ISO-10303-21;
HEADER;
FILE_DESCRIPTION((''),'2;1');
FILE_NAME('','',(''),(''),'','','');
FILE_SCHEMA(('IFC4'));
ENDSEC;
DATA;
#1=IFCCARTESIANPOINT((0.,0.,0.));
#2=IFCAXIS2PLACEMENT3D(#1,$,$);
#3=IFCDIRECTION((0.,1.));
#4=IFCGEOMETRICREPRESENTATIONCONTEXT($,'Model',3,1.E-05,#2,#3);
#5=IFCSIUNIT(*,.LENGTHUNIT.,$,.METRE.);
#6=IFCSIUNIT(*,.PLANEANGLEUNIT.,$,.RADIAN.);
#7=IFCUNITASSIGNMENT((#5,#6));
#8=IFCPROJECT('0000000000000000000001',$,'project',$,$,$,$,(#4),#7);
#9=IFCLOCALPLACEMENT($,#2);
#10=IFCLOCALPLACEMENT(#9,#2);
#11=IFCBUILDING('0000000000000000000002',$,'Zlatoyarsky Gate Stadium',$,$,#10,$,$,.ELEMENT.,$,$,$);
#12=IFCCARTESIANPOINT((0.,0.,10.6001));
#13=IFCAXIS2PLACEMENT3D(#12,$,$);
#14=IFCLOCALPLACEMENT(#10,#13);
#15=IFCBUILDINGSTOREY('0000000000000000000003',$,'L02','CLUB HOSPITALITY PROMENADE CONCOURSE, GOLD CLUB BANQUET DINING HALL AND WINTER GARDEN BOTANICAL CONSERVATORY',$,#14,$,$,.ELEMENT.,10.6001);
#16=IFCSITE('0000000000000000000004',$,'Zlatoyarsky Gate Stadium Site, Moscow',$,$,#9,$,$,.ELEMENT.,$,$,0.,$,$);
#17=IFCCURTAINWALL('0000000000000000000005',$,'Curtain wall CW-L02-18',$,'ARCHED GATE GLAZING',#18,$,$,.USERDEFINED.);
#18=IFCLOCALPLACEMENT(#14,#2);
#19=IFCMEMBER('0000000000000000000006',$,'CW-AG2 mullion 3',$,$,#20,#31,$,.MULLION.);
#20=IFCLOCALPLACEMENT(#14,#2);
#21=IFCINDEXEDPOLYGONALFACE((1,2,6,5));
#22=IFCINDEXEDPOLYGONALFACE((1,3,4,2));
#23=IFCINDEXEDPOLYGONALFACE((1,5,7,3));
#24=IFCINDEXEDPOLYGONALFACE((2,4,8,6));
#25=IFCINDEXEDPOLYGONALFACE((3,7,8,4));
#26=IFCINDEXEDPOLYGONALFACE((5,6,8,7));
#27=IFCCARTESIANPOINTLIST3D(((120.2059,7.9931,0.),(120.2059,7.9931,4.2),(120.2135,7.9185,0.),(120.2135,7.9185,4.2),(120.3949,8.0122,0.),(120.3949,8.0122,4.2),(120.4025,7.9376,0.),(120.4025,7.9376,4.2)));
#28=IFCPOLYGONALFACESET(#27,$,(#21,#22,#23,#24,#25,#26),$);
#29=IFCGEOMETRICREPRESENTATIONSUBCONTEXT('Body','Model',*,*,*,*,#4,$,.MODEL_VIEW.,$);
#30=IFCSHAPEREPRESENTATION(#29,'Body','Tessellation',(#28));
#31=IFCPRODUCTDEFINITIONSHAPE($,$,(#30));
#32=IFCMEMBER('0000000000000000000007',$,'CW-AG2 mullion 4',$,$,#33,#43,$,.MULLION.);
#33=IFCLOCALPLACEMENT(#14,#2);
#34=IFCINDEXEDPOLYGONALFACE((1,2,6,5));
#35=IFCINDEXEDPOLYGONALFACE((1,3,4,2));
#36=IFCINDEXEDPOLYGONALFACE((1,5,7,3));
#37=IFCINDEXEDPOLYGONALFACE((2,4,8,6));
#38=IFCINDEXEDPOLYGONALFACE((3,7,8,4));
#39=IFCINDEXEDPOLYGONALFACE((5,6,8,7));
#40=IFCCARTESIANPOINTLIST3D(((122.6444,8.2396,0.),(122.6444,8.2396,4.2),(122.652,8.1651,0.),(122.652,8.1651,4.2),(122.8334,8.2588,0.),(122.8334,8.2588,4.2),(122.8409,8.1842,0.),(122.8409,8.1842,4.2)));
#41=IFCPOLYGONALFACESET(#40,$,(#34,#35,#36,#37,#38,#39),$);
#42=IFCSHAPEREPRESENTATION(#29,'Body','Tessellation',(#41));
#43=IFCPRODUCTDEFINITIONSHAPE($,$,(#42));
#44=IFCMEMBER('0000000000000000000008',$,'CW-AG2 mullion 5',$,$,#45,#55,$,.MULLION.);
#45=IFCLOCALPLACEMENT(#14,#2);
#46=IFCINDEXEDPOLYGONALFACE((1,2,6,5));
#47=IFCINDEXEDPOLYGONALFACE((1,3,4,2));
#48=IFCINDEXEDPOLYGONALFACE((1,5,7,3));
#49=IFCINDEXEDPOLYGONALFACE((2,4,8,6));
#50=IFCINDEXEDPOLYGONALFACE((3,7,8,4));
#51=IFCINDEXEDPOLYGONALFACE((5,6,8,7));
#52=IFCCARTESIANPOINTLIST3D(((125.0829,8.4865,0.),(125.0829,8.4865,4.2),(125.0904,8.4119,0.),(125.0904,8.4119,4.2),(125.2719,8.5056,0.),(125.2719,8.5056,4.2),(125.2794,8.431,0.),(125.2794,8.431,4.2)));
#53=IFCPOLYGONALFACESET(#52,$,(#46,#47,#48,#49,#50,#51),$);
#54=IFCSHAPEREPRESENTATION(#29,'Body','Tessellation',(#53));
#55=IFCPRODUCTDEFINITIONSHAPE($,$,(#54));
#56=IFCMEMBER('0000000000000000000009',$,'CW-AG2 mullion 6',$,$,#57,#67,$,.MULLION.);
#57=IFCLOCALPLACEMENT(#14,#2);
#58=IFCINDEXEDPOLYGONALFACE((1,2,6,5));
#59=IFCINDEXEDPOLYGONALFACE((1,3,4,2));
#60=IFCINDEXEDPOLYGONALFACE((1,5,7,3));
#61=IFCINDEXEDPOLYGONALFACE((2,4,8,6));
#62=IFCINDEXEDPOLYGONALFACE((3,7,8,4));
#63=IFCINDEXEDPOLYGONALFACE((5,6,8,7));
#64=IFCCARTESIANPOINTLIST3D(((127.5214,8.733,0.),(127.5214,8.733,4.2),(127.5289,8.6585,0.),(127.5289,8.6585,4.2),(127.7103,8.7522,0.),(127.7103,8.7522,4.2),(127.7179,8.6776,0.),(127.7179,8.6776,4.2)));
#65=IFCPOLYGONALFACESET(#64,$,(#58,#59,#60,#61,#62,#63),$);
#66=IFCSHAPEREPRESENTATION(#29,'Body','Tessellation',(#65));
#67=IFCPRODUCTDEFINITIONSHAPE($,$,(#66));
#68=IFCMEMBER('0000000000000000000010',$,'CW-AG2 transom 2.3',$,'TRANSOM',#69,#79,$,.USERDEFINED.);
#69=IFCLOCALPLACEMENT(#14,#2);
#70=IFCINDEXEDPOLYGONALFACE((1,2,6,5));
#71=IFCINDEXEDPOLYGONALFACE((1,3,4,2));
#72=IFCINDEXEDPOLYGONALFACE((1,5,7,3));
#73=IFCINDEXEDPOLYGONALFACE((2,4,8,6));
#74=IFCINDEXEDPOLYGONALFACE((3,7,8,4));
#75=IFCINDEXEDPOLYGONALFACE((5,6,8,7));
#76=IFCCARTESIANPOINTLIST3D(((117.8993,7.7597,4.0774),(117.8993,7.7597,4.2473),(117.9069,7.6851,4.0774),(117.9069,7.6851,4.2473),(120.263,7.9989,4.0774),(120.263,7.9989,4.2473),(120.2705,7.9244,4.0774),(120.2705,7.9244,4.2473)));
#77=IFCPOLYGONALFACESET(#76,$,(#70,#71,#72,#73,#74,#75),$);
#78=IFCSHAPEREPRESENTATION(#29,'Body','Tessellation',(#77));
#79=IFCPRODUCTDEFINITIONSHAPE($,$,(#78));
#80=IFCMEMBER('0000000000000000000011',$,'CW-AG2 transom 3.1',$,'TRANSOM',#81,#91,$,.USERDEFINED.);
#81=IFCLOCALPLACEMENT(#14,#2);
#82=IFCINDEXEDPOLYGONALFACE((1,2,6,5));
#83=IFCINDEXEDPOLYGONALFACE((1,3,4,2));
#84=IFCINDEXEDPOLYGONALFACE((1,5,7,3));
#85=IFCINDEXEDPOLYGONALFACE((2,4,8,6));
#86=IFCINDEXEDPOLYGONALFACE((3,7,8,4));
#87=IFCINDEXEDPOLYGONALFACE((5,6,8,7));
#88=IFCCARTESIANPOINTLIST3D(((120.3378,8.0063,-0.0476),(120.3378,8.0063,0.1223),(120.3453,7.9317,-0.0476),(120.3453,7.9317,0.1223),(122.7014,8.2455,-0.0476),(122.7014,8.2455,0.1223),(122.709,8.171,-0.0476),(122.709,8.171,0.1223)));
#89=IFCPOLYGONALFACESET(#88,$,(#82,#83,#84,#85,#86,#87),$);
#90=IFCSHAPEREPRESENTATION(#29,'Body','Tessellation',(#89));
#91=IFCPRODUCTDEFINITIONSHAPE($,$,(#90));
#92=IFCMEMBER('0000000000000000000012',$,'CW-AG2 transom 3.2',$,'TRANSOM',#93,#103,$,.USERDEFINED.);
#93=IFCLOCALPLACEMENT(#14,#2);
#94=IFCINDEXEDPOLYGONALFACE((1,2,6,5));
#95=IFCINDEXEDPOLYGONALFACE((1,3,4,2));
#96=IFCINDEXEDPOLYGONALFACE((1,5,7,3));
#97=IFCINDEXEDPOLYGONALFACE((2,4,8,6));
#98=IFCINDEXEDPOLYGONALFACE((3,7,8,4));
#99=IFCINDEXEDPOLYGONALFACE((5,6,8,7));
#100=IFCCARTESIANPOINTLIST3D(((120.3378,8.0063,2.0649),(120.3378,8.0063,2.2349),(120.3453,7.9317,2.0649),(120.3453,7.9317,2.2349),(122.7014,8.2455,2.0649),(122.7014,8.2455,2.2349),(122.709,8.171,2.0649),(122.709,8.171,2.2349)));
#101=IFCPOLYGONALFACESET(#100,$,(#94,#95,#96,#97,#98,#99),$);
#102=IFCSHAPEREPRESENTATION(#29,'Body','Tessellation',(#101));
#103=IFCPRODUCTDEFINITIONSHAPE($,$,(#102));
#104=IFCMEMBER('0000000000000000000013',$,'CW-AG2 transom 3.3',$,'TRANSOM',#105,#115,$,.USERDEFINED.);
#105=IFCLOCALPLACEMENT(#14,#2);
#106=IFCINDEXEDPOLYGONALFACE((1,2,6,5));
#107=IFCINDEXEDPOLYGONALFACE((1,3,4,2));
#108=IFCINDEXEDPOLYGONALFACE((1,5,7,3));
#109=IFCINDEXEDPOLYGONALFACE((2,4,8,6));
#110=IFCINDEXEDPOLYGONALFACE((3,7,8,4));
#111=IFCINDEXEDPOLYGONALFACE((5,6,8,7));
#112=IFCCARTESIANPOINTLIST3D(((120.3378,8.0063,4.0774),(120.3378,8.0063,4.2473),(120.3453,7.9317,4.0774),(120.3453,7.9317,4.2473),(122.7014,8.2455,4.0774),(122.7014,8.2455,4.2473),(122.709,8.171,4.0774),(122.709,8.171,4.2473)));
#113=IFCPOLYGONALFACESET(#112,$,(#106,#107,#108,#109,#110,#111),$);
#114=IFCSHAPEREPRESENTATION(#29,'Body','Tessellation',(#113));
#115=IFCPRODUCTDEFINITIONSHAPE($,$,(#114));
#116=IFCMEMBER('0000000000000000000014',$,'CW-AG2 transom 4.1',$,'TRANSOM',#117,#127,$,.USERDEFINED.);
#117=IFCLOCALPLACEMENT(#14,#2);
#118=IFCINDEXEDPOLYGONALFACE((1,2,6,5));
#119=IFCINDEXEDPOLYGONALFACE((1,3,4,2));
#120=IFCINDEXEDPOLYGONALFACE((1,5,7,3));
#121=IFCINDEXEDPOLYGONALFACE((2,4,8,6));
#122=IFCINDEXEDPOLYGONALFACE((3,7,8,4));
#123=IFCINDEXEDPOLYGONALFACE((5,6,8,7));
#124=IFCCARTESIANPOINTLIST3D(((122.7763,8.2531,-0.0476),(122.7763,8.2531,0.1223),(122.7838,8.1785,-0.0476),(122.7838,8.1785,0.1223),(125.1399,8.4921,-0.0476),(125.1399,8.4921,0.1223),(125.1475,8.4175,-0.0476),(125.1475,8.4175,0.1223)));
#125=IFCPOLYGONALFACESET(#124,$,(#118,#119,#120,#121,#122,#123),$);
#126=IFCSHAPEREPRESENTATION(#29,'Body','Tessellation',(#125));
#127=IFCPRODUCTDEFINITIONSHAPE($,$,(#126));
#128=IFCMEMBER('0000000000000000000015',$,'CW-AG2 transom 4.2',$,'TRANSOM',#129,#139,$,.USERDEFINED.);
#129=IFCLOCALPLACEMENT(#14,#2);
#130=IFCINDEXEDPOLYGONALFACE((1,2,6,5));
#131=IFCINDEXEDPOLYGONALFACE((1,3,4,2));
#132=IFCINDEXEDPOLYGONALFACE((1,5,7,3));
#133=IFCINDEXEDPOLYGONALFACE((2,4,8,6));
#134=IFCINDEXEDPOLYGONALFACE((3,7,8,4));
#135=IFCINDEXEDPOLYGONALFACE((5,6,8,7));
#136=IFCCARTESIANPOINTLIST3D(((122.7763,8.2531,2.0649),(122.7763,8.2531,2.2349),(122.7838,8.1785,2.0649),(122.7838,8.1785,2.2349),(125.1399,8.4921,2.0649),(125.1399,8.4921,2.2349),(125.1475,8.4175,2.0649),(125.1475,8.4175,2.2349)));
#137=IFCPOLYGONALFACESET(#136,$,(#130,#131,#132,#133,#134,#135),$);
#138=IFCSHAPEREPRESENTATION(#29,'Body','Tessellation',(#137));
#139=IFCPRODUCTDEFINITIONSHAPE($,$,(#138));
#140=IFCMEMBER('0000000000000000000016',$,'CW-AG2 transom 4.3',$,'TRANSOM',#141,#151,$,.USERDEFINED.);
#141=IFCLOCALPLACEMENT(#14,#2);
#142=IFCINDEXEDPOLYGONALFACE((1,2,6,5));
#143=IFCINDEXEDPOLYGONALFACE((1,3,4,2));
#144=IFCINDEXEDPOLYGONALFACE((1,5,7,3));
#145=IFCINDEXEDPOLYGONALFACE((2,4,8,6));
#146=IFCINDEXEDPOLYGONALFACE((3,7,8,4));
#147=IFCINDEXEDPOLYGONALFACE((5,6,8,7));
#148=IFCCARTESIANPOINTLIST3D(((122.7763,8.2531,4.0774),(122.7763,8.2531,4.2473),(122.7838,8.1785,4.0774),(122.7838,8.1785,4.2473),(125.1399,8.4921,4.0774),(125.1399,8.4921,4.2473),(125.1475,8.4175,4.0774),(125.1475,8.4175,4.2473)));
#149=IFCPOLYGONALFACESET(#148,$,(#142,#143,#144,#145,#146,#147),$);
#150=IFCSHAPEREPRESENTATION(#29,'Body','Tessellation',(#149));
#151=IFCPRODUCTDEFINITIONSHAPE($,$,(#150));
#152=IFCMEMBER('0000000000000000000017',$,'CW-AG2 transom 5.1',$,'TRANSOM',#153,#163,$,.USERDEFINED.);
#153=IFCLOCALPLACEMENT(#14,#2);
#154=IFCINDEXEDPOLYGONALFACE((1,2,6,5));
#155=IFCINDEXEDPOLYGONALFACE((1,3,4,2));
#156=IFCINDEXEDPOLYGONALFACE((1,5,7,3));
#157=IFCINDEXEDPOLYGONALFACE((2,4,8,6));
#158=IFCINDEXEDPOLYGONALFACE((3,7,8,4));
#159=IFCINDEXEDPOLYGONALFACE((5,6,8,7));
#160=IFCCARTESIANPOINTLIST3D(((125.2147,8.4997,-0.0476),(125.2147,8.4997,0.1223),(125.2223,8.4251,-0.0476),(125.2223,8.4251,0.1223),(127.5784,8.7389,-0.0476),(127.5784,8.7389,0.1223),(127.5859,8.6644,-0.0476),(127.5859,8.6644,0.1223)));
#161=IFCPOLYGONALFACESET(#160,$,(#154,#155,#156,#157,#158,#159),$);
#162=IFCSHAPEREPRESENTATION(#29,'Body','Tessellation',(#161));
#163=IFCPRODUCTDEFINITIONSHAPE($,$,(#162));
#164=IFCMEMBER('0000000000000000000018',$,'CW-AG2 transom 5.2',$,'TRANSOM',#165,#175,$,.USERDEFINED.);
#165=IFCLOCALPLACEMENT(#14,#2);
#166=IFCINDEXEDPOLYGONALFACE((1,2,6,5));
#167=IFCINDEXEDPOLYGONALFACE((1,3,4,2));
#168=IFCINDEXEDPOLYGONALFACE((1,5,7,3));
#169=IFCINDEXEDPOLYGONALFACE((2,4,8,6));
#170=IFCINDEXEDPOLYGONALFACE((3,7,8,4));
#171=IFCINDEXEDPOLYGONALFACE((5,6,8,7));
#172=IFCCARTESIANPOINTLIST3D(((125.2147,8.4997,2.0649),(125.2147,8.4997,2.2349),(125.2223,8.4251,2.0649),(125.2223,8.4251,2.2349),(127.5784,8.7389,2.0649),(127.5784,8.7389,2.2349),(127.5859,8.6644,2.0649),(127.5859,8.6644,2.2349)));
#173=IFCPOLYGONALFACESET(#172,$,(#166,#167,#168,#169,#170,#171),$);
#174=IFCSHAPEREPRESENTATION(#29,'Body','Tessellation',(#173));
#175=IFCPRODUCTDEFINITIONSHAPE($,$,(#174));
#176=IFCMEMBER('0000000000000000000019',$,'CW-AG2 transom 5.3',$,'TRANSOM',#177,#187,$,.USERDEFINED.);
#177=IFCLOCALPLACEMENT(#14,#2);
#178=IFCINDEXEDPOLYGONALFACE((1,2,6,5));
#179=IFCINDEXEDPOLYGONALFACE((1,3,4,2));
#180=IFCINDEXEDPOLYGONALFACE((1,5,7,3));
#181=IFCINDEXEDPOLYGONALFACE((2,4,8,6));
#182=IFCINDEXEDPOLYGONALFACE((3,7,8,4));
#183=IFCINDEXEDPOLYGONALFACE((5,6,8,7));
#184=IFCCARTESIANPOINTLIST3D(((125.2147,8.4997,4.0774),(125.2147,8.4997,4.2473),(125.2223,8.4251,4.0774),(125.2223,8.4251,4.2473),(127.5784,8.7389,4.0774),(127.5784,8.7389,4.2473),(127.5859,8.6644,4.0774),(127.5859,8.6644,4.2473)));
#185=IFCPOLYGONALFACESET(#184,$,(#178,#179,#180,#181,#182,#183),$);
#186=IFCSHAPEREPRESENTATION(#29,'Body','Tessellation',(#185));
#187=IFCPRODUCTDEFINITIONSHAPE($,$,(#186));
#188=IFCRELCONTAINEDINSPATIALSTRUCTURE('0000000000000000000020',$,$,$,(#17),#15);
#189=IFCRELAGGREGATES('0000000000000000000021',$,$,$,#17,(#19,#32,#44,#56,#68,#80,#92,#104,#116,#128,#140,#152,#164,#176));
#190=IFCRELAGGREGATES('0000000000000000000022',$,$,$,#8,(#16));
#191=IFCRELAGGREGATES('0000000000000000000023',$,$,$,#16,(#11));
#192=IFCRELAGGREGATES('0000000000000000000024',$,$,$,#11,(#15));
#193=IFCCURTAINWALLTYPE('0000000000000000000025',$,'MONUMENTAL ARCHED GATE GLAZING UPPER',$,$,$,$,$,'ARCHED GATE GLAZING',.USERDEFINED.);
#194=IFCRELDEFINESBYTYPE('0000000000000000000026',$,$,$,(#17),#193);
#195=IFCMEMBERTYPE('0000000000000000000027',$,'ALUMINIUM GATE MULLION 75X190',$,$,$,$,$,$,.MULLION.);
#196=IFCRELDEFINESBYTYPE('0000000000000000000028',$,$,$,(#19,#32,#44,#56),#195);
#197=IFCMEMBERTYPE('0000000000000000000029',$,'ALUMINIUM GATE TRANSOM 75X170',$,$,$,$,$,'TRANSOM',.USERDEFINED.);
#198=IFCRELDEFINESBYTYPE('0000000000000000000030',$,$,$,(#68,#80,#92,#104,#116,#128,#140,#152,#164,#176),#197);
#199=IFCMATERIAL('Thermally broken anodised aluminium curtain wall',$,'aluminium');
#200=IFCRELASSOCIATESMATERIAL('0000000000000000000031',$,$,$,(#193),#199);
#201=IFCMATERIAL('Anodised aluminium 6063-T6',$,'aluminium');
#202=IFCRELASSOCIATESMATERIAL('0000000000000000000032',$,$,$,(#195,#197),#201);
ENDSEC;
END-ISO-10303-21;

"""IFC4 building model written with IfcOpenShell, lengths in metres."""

from ifc_helpers import new_model, si_unit, direction, frame, origin, origin_2d, place, context, subcontext, project, spatial, rectangle, extrude, material, material_profile, profile_set, type_object, element, aggregate, save


model = new_model("IFC4")

# Units and contexts
model_context = context("Model", 3, precision=1e-05, world=origin(), true_north=direction((0.0, 1.0)))
body_context = subcontext(model_context, "Body", "Model", "MODEL_VIEW")
ifc_project = project(units=[si_unit("LENGTHUNIT", "METRE"), si_unit("PLANEANGLEUNIT", "RADIAN")], contexts=[model_context])

# Site, building, storey
site_placement = place(None, origin())
site = spatial("IfcSite", under=ifc_project, at=site_placement, Name="Zlatoyarsky Gate Stadium Site, Moscow", CompositionType="ELEMENT", RefElevation=0.0)
building_placement = place(site_placement, origin())
building = spatial("IfcBuilding", under=site, at=building_placement, Name="Zlatoyarsky Gate Stadium", CompositionType="ELEMENT")
storey_placement = place(building_placement, frame((0.0, 0.0, 10.6001)))
storey = spatial("IfcBuildingStorey", under=building, at=storey_placement, Name="L02", Description="CLUB HOSPITALITY PROMENADE CONCOURSE, GOLD CLUB BANQUET DINING HALL AND WINTER GARDEN BOTANICAL CONSERVATORY", CompositionType="ELEMENT", Elevation=10.6001)

# Curtain wall, members
ifc_material_1 = material(Name="Thermally broken anodised aluminium curtain wall", Category="aluminium")
curtain_wall_type = type_object("IfcCurtainWallType", Name="MONUMENTAL ARCHED GATE GLAZING UPPER", ElementType="ARCHED GATE GLAZING", PredefinedType="USERDEFINED", material=ifc_material_1)
curtain_wall_placement = place(storey_placement, origin())
curtain_wall = element("IfcCurtainWall", 1, at=curtain_wall_placement, inside=storey, type_object=curtain_wall_type, Name="Curtain wall CW-L02-18", ObjectType="ARCHED GATE GLAZING", PredefinedType="USERDEFINED")
ifc_material_2 = material(Name="Anodised aluminium 6063-T6", Category="aluminium")
ifc_material_profile_1 = material_profile(ifc_material_2, rectangle(XDim=0.075, YDim=0.1899, at=origin_2d()), Name="ALU 75X190")
ifc_profile_set_1 = profile_set([ifc_material_profile_1], Name="Anodised aluminium 6063-T6")
member_type_1 = type_object("IfcMemberType", Name="ALUMINIUM GATE MULLION 75X190", PredefinedType="MULLION", material=ifc_profile_set_1)
member_1_placement = place(storey_placement, frame((120.3042, 7.9653, 0.0), z_axis=(0.0, 0.0, 1.0), x_axis=(-0.100642, 0.994923, 0.0)))
member_1 = element("IfcMember", 2, at=member_1_placement, type_object=member_type_1, Name="CW-AG2 mullion 3", PredefinedType="MULLION", context=body_context, shape_type="SweptSolid", body=[
    extrude(rectangle(XDim=0.075, YDim=0.1899, at=origin_2d()), origin(), (0.0, 0.0, 1.0), 4.2),
])
member_2_placement = place(storey_placement, frame((122.7427, 8.2119, 0.0), z_axis=(0.0, 0.0, 1.0), x_axis=(-0.100642, 0.994923, 0.0)))
member_2 = element("IfcMember", 3, at=member_2_placement, type_object=member_type_1, Name="CW-AG2 mullion 4", PredefinedType="MULLION", context=body_context, shape_type="SweptSolid", body=[
    extrude(rectangle(XDim=0.075, YDim=0.1899, at=origin_2d()), origin(), (0.0, 0.0, 1.0), 4.2),
])
member_3_placement = place(storey_placement, frame((125.1812, 8.4587, 0.0), z_axis=(0.0, 0.0, 1.0), x_axis=(-0.100642, 0.994923, 0.0)))
member_3 = element("IfcMember", 4, at=member_3_placement, type_object=member_type_1, Name="CW-AG2 mullion 5", PredefinedType="MULLION", context=body_context, shape_type="SweptSolid", body=[
    extrude(rectangle(XDim=0.075, YDim=0.1899, at=origin_2d()), origin(), (0.0, 0.0, 1.0), 4.2),
])
member_4_placement = place(storey_placement, frame((127.6196, 8.7053, 0.0), z_axis=(0.0, 0.0, 1.0), x_axis=(-0.100642, 0.994923, 0.0)))
member_4 = element("IfcMember", 5, at=member_4_placement, type_object=member_type_1, Name="CW-AG2 mullion 6", PredefinedType="MULLION", context=body_context, shape_type="SweptSolid", body=[
    extrude(rectangle(XDim=0.075, YDim=0.1899, at=origin_2d()), origin(), (0.0, 0.0, 1.0), 4.2),
])
ifc_material_profile_2 = material_profile(ifc_material_2, rectangle(XDim=0.075, YDim=0.1699, at=origin_2d()), Name="ALU 75X170")
ifc_profile_set_2 = profile_set([ifc_material_profile_2], Name="Anodised aluminium 6063-T6")
member_type_2 = type_object("IfcMemberType", Name="ALUMINIUM GATE TRANSOM 75X170", ElementType="TRANSOM", PredefinedType="USERDEFINED", material=ifc_profile_set_2)
member_5_placement = place(storey_placement, frame((117.9031, 7.7224, 4.1624), z_axis=(0.994916, 0.100704, 0.0), x_axis=(-0.100704, 0.994916, 0.0)))
member_5 = element("IfcMember", 6, at=member_5_placement, type_object=member_type_2, Name="CW-AG2 transom 2.3", ObjectType="TRANSOM", PredefinedType="USERDEFINED", context=body_context, shape_type="SweptSolid", body=[
    extrude(rectangle(XDim=0.075, YDim=0.1699, at=origin_2d()), origin(), (0.0, 0.0, 1.0), 2.3757),
])
member_6_placement = place(storey_placement, frame((120.3416, 7.969, 0.0374), z_axis=(0.994916, 0.100704, 0.0), x_axis=(-0.100704, 0.994916, 0.0)))
member_6 = element("IfcMember", 7, at=member_6_placement, type_object=member_type_2, Name="CW-AG2 transom 3.1", ObjectType="TRANSOM", PredefinedType="USERDEFINED", context=body_context, shape_type="SweptSolid", body=[
    extrude(rectangle(XDim=0.075, YDim=0.1699, at=origin_2d()), origin(), (0.0, 0.0, 1.0), 2.3757),
])
member_7_placement = place(storey_placement, frame((120.3416, 7.969, 2.1499), z_axis=(0.994916, 0.100704, 0.0), x_axis=(-0.100704, 0.994916, 0.0)))
member_7 = element("IfcMember", 8, at=member_7_placement, type_object=member_type_2, Name="CW-AG2 transom 3.2", ObjectType="TRANSOM", PredefinedType="USERDEFINED", context=body_context, shape_type="SweptSolid", body=[
    extrude(rectangle(XDim=0.075, YDim=0.1699, at=origin_2d()), origin(), (0.0, 0.0, 1.0), 2.3757),
])
member_8_placement = place(storey_placement, frame((120.3416, 7.969, 4.1624), z_axis=(0.994916, 0.100704, 0.0), x_axis=(-0.100704, 0.994916, 0.0)))
member_8 = element("IfcMember", 9, at=member_8_placement, type_object=member_type_2, Name="CW-AG2 transom 3.3", ObjectType="TRANSOM", PredefinedType="USERDEFINED", context=body_context, shape_type="SweptSolid", body=[
    extrude(rectangle(XDim=0.075, YDim=0.1699, at=origin_2d()), origin(), (0.0, 0.0, 1.0), 2.3757),
])
member_9_placement = place(storey_placement, frame((122.78, 8.2158, 0.0374), z_axis=(0.994927, 0.100602, 0.0), x_axis=(-0.100602, 0.994927, 0.0)))
member_9 = element("IfcMember", 10, at=member_9_placement, type_object=member_type_2, Name="CW-AG2 transom 4.1", ObjectType="TRANSOM", PredefinedType="USERDEFINED", context=body_context, shape_type="SweptSolid", body=[
    extrude(rectangle(XDim=0.075, YDim=0.1699, at=origin_2d()), origin(), (0.0, 0.0, 1.0), 2.3757),
])
member_10_placement = place(storey_placement, frame((122.78, 8.2158, 2.1499), z_axis=(0.994927, 0.100602, 0.0), x_axis=(-0.100602, 0.994927, 0.0)))
member_10 = element("IfcMember", 11, at=member_10_placement, type_object=member_type_2, Name="CW-AG2 transom 4.2", ObjectType="TRANSOM", PredefinedType="USERDEFINED", context=body_context, shape_type="SweptSolid", body=[
    extrude(rectangle(XDim=0.075, YDim=0.1699, at=origin_2d()), origin(), (0.0, 0.0, 1.0), 2.3757),
])
member_11_placement = place(storey_placement, frame((122.78, 8.2158, 4.1624), z_axis=(0.994927, 0.100602, 0.0), x_axis=(-0.100602, 0.994927, 0.0)))
member_11 = element("IfcMember", 12, at=member_11_placement, type_object=member_type_2, Name="CW-AG2 transom 4.3", ObjectType="TRANSOM", PredefinedType="USERDEFINED", context=body_context, shape_type="SweptSolid", body=[
    extrude(rectangle(XDim=0.075, YDim=0.1699, at=origin_2d()), origin(), (0.0, 0.0, 1.0), 2.3757),
])
member_12_placement = place(storey_placement, frame((125.2185, 8.4624, 0.0374), z_axis=(0.994916, 0.100704, 0.0), x_axis=(-0.100704, 0.994916, 0.0)))
member_12 = element("IfcMember", 13, at=member_12_placement, type_object=member_type_2, Name="CW-AG2 transom 5.1", ObjectType="TRANSOM", PredefinedType="USERDEFINED", context=body_context, shape_type="SweptSolid", body=[
    extrude(rectangle(XDim=0.075, YDim=0.1699, at=origin_2d()), origin(), (0.0, 0.0, 1.0), 2.3757),
])
member_13_placement = place(storey_placement, frame((125.2185, 8.4624, 2.1499), z_axis=(0.994916, 0.100704, 0.0), x_axis=(-0.100704, 0.994916, 0.0)))
member_13 = element("IfcMember", 14, at=member_13_placement, type_object=member_type_2, Name="CW-AG2 transom 5.2", ObjectType="TRANSOM", PredefinedType="USERDEFINED", context=body_context, shape_type="SweptSolid", body=[
    extrude(rectangle(XDim=0.075, YDim=0.1699, at=origin_2d()), origin(), (0.0, 0.0, 1.0), 2.3757),
])
member_14_placement = place(storey_placement, frame((125.2185, 8.4624, 4.1624), z_axis=(0.994916, 0.100704, 0.0), x_axis=(-0.100704, 0.994916, 0.0)))
member_14 = element("IfcMember", 15, at=member_14_placement, type_object=member_type_2, Name="CW-AG2 transom 5.3", ObjectType="TRANSOM", PredefinedType="USERDEFINED", context=body_context, shape_type="SweptSolid", body=[
    extrude(rectangle(XDim=0.075, YDim=0.1699, at=origin_2d()), origin(), (0.0, 0.0, 1.0), 2.3757),
])
aggregate(curtain_wall, [member_1, member_2, member_3, member_4, member_5, member_6, member_7, member_8, member_9, member_10, member_11, member_12, member_13, member_14])

save(model, "model.ifc")
